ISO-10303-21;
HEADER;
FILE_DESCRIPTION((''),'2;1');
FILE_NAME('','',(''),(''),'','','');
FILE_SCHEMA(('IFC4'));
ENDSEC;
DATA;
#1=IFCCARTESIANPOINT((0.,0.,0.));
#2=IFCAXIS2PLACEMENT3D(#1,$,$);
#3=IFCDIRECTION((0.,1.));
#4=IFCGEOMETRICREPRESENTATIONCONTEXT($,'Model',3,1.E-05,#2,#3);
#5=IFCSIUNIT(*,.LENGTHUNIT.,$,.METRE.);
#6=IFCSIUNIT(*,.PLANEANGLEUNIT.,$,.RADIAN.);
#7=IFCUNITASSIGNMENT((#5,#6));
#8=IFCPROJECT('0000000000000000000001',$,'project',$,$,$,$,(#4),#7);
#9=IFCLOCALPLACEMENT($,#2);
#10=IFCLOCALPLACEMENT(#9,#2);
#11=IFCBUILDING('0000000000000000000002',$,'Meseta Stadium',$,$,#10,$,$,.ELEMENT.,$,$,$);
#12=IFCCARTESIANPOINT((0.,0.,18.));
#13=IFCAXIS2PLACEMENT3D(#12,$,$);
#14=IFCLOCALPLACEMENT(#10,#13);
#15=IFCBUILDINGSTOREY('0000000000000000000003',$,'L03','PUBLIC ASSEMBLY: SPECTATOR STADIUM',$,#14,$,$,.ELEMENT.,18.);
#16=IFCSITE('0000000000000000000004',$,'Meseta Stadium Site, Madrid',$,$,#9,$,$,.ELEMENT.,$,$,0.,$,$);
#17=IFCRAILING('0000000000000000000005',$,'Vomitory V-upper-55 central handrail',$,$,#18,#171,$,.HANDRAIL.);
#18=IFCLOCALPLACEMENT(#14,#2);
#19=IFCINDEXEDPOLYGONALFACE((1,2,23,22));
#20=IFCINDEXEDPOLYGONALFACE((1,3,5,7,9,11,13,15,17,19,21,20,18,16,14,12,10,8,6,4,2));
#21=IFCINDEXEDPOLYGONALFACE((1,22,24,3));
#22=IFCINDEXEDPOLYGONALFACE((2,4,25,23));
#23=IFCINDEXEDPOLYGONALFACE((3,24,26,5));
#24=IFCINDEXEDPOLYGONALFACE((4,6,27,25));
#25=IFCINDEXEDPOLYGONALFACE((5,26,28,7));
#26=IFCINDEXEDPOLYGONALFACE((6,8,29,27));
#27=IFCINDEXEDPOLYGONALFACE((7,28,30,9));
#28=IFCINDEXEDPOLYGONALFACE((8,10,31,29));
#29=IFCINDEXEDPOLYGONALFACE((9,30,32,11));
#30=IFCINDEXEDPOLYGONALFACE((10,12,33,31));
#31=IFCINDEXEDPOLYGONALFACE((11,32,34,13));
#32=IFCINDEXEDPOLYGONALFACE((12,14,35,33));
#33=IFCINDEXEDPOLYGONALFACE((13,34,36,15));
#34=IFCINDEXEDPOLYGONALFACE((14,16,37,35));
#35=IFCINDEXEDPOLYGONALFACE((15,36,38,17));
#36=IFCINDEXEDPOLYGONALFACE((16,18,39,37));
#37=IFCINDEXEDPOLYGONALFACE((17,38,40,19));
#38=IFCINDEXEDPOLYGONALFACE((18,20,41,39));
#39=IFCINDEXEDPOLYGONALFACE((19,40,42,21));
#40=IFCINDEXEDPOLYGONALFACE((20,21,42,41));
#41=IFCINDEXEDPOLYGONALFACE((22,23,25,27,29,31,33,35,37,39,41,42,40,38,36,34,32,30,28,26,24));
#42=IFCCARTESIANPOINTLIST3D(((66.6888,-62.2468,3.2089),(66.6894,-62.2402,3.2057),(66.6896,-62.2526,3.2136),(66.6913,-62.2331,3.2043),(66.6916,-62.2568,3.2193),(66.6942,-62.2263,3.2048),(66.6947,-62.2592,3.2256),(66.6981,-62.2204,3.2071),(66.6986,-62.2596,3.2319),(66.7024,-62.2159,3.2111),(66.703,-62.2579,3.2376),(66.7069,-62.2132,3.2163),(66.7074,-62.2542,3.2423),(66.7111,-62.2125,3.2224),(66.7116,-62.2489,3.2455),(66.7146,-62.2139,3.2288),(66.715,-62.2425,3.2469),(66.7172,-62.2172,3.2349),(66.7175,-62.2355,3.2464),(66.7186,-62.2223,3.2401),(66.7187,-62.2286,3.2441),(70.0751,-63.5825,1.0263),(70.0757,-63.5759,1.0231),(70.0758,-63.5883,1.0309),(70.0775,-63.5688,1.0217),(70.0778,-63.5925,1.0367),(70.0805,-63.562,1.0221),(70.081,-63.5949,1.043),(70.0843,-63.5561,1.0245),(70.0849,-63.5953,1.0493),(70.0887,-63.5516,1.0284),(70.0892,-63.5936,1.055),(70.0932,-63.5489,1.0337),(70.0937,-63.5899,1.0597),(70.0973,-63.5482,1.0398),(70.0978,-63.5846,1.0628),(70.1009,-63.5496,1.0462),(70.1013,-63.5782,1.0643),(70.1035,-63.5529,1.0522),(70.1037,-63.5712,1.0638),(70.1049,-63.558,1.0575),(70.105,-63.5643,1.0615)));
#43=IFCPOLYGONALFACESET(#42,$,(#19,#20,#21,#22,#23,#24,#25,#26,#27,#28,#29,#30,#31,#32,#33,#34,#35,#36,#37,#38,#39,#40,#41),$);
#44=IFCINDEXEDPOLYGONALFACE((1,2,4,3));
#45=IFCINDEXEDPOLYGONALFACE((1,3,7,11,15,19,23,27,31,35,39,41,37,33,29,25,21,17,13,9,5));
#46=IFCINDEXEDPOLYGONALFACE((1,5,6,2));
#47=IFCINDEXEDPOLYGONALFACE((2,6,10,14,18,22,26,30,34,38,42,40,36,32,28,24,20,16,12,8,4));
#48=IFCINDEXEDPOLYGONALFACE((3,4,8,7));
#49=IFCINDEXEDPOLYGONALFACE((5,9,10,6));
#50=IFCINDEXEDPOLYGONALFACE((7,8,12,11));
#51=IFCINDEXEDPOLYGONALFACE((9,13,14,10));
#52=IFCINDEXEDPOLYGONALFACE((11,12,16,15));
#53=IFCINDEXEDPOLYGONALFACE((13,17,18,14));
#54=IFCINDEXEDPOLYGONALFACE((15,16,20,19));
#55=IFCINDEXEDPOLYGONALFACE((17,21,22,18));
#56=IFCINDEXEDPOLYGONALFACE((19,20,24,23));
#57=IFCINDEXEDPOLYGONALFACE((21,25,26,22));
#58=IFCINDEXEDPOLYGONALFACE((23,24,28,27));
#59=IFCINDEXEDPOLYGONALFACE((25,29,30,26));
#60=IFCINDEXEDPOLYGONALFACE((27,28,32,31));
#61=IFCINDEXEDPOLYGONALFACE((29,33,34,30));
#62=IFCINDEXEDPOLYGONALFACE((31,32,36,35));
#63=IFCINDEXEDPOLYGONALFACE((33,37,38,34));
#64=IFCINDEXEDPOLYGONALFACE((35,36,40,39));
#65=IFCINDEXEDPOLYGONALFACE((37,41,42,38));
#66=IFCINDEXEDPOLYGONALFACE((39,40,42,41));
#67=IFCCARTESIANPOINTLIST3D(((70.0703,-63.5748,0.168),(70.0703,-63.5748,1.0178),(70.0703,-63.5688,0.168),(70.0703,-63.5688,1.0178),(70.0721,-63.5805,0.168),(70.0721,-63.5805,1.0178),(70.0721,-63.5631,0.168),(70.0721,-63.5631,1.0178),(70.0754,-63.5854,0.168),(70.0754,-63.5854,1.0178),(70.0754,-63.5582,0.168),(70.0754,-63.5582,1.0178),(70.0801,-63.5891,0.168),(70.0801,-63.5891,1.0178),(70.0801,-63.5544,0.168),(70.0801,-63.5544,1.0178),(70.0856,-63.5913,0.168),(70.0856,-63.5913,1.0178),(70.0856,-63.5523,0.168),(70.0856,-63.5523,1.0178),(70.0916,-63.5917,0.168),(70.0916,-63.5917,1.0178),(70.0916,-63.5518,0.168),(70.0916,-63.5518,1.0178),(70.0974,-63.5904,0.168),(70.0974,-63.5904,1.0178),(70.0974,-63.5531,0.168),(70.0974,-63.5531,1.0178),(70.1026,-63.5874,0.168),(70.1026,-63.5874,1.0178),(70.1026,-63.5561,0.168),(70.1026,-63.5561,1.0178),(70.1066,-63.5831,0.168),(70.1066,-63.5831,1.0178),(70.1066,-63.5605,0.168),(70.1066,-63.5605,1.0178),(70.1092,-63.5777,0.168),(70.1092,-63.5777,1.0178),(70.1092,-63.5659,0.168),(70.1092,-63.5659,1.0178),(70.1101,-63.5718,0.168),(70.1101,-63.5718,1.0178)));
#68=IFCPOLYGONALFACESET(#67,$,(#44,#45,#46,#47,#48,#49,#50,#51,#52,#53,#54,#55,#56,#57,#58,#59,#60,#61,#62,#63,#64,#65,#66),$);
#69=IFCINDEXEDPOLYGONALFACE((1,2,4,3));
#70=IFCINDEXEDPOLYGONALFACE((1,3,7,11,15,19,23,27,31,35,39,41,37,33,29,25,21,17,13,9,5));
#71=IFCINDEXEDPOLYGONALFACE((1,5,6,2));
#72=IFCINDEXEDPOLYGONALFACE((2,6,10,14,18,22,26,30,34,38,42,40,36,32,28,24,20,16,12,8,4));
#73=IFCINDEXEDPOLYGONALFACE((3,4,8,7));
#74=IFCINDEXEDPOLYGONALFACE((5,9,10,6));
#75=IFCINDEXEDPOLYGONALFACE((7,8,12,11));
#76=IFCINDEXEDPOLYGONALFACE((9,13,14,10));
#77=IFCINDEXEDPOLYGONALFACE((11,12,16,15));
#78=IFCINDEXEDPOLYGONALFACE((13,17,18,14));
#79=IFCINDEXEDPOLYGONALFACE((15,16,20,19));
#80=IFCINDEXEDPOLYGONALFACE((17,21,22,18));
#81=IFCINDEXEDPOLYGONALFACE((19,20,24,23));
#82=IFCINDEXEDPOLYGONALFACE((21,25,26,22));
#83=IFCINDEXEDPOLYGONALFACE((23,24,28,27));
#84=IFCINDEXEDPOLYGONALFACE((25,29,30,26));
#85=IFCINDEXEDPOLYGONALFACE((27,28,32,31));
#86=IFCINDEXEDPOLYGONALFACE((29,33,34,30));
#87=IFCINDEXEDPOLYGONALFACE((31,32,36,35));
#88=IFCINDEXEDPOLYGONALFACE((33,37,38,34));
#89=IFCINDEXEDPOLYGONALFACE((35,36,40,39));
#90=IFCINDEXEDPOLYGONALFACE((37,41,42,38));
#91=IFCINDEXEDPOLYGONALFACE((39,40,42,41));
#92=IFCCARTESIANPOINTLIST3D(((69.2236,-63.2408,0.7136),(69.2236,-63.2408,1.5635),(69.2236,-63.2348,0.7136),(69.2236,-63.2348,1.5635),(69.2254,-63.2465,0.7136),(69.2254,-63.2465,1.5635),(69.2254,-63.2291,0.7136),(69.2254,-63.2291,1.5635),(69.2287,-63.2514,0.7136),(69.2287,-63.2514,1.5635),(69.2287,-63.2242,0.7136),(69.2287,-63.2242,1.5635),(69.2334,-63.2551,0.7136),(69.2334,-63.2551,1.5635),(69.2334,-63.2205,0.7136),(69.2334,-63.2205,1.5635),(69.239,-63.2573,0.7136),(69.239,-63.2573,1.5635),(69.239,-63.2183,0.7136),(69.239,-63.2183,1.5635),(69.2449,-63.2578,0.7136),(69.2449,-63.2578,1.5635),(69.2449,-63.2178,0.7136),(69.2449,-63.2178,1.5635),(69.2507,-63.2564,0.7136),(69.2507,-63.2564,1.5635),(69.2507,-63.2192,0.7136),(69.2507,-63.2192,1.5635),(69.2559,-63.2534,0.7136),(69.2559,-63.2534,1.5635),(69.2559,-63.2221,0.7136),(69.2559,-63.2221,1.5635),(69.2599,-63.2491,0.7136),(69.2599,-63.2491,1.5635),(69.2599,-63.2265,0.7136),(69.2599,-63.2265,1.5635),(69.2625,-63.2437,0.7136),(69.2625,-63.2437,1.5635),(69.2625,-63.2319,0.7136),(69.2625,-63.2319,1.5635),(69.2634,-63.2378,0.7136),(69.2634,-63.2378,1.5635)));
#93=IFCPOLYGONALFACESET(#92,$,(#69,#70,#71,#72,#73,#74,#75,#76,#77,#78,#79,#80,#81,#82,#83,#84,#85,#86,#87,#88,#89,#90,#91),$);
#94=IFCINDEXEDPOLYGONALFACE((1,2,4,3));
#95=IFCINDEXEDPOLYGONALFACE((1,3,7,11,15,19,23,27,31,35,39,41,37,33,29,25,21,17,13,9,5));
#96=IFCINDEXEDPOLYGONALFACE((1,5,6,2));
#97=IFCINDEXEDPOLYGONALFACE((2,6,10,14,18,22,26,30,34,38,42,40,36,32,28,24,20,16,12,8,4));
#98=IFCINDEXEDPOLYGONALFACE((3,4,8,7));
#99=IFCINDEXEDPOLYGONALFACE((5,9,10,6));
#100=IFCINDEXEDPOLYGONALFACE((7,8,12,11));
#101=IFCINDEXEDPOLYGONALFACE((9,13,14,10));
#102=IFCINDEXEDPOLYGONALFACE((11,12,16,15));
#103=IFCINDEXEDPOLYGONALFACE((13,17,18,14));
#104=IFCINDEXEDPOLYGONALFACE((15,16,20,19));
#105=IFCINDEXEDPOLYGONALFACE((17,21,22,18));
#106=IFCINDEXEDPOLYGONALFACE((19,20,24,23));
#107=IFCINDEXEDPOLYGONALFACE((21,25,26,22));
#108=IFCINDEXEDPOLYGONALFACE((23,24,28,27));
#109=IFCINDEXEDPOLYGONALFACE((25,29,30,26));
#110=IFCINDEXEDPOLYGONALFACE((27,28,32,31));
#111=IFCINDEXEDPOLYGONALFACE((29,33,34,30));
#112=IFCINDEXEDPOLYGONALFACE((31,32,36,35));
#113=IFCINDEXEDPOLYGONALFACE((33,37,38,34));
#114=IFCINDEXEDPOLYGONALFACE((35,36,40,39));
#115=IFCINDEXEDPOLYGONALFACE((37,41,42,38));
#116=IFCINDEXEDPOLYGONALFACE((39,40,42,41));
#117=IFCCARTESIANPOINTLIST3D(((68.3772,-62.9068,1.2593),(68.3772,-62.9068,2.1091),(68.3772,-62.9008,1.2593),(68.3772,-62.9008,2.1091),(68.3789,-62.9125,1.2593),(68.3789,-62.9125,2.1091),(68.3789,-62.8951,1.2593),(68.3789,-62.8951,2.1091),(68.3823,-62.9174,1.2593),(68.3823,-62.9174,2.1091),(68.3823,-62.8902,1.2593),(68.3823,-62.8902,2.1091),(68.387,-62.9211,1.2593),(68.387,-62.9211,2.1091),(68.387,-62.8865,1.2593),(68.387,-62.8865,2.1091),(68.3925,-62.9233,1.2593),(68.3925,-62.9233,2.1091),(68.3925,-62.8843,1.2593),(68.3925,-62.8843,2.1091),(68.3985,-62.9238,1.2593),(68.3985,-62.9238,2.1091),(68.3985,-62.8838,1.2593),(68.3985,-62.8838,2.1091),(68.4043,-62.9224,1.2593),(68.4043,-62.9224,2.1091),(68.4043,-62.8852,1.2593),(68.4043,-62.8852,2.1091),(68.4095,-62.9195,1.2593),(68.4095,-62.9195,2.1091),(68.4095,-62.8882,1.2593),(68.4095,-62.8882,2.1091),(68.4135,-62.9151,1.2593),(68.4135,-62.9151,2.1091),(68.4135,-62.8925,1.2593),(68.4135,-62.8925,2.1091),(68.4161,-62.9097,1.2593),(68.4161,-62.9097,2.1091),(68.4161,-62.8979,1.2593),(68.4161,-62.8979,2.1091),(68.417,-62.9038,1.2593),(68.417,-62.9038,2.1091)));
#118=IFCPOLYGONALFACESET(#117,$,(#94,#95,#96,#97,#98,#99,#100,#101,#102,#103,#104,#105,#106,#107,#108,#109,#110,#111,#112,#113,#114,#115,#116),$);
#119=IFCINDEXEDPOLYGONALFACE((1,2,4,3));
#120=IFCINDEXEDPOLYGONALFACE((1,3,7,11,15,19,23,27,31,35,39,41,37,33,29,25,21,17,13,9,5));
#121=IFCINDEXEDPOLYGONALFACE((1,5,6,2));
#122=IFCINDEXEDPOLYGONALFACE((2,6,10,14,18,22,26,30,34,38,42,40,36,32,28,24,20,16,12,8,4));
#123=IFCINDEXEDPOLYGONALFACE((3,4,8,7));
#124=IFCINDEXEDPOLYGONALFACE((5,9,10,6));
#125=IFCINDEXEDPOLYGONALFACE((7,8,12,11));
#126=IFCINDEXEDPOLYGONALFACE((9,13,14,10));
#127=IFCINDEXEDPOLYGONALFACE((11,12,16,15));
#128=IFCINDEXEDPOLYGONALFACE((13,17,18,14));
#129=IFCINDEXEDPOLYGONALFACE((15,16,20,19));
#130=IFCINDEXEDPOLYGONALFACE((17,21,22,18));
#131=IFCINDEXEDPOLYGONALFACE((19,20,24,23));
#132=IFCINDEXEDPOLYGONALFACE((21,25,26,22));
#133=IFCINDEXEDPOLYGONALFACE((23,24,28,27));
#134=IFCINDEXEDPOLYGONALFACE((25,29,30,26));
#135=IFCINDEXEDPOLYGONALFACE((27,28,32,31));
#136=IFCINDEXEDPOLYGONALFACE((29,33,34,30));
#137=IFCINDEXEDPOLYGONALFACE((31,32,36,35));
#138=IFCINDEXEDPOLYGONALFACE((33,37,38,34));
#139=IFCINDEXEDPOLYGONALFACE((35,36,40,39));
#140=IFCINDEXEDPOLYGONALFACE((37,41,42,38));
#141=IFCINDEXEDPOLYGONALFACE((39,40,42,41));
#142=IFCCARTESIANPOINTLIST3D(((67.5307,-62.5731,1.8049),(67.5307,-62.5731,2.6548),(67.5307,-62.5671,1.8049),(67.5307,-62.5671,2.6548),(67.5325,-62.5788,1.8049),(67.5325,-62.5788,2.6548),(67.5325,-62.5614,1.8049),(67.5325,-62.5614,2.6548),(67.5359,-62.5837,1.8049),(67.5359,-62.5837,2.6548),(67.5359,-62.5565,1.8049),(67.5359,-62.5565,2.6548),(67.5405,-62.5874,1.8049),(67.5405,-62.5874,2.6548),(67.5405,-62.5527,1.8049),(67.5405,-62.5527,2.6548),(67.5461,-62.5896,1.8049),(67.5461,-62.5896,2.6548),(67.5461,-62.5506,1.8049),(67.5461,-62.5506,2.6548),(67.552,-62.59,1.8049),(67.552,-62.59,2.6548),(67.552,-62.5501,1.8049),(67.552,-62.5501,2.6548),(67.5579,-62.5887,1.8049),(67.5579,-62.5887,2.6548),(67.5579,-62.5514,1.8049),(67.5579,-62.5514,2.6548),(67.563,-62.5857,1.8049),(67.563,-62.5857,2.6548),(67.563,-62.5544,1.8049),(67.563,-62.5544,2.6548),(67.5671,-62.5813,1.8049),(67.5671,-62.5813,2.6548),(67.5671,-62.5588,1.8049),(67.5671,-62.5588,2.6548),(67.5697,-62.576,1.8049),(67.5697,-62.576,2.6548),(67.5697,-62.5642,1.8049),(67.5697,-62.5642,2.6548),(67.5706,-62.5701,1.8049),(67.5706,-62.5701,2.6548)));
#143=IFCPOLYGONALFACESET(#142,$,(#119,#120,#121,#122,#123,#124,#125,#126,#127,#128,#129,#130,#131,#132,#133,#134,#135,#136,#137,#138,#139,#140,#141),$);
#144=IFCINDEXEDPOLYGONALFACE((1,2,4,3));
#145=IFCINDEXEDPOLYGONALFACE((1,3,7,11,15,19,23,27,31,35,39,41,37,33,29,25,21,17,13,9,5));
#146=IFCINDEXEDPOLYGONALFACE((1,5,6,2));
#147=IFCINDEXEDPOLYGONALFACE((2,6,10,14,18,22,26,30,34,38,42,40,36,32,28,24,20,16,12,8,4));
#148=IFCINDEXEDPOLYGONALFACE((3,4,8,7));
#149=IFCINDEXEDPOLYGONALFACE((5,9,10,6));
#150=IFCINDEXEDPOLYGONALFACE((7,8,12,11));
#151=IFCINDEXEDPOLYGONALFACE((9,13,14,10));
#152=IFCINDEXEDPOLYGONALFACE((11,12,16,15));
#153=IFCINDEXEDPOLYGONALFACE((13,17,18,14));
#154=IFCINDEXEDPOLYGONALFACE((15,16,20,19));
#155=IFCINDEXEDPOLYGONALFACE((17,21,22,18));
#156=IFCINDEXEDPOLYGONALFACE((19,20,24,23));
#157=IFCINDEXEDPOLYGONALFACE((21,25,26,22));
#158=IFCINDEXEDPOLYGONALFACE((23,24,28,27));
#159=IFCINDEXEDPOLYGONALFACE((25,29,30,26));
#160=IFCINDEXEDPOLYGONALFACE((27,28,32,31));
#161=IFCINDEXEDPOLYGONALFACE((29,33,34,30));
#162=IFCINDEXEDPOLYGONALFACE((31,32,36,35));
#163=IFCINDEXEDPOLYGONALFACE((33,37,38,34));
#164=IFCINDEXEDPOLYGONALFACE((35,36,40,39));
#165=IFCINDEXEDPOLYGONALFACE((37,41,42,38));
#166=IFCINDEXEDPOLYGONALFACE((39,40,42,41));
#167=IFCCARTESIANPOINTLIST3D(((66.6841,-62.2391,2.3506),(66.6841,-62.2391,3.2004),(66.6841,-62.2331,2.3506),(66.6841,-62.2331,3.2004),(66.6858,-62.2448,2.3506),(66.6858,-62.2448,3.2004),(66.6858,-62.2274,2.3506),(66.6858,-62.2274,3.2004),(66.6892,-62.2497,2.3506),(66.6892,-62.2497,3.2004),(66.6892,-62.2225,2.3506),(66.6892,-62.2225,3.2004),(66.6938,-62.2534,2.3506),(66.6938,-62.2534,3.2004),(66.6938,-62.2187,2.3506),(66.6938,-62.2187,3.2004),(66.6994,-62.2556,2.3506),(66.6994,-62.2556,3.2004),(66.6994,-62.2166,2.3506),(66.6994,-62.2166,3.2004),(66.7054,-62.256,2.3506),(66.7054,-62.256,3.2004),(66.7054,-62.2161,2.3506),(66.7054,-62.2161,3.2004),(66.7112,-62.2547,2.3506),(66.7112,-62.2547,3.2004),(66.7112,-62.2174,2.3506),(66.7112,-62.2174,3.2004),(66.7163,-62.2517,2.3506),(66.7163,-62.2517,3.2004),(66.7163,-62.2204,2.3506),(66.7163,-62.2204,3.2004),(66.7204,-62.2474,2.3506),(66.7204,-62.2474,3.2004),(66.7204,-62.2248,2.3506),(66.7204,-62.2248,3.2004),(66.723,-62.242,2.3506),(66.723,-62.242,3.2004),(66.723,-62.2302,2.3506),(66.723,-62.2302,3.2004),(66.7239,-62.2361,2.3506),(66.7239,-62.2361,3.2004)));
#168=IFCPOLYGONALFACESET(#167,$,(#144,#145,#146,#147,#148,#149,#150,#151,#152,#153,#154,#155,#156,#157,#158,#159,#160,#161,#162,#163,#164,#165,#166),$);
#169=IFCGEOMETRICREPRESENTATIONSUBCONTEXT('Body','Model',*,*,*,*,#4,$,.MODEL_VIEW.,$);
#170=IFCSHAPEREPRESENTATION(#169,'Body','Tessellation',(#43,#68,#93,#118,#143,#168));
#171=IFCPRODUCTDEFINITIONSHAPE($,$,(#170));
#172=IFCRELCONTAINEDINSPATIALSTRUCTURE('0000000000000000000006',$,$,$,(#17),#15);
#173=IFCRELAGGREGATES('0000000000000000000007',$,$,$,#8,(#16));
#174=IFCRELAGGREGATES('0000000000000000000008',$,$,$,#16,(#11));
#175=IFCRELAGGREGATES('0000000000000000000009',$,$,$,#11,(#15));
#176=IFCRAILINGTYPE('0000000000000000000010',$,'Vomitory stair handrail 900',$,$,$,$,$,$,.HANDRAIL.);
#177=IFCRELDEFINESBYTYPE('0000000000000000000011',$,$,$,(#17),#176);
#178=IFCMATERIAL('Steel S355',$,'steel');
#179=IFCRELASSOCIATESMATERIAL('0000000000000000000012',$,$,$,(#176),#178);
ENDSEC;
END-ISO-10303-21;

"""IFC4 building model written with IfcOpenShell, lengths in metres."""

from ifc_helpers import new_model, si_unit, direction, frame, origin, origin_2d, place, context, subcontext, project, spatial, circle, extrude, material, type_object, element, save


model = new_model("IFC4")

# Units and contexts
model_context = context("Model", 3, precision=1e-05, world=origin(), true_north=direction((0.0, 1.0)))
body_context = subcontext(model_context, "Body", "Model", "MODEL_VIEW")
ifc_project = project(units=[si_unit("LENGTHUNIT", "METRE"), si_unit("PLANEANGLEUNIT", "RADIAN")], contexts=[model_context])

# Site, building, storey
site_placement = place(None, origin())
site = spatial("IfcSite", under=ifc_project, at=site_placement, Name="Meseta Stadium Site, Madrid", CompositionType="ELEMENT", RefElevation=0.0)
building_placement = place(site_placement, origin())
building = spatial("IfcBuilding", under=site, at=building_placement, Name="Meseta Stadium", CompositionType="ELEMENT")
storey_placement = place(building_placement, frame((0.0, 0.0, 18.0)))
storey = spatial("IfcBuildingStorey", under=building, at=storey_placement, Name="L03", Description="PUBLIC ASSEMBLY: SPECTATOR STADIUM", CompositionType="ELEMENT", Elevation=18.0)

# Railing
ifc_material_1 = material(Name="Steel S355", Category="steel")
railing_type_1 = type_object("IfcRailingType", Name="Vomitory stair handrail 900", PredefinedType="HANDRAIL", material=ifc_material_1)
railing_1_placement = place(storey_placement, frame((70.0901, -63.5718, 0.168)))
element("IfcRailing", 1, at=railing_1_placement, inside=storey, type_object=railing_type_1, Name="Vomitory V-upper-55 central handrail", PredefinedType="HANDRAIL", context=body_context, shape_type="SweptSolid", body=[
    extrude(circle(Radius=0.0249, at=origin_2d()), frame((0.0, 0.0, 0.875), z_axis=(-0.797822, 0.3147, 0.514241), x_axis=(-0.366934, -0.930247, 0.0)), (0.0, 0.0, 1.0), 4.2444),
    extrude(circle(Radius=0.02, at=origin_2d()), origin(), (0.0, 0.0, 1.0), 0.8499),
    extrude(circle(Radius=0.02, at=origin_2d()), frame((-0.8467, 0.334, 0.5457)), (0.0, 0.0, 1.0), 0.8499),
    extrude(circle(Radius=0.02, at=origin_2d()), frame((-1.6931, 0.668, 1.0913)), (0.0, 0.0, 1.0), 0.8499),
    extrude(circle(Radius=0.02, at=origin_2d()), frame((-2.5396, 1.0017, 1.637)), (0.0, 0.0, 1.0), 0.8499),
    extrude(circle(Radius=0.02, at=origin_2d()), frame((-3.3862, 1.3357, 2.1826)), (0.0, 0.0, 1.0), 0.8499),
])

save(model, "model.ifc")
